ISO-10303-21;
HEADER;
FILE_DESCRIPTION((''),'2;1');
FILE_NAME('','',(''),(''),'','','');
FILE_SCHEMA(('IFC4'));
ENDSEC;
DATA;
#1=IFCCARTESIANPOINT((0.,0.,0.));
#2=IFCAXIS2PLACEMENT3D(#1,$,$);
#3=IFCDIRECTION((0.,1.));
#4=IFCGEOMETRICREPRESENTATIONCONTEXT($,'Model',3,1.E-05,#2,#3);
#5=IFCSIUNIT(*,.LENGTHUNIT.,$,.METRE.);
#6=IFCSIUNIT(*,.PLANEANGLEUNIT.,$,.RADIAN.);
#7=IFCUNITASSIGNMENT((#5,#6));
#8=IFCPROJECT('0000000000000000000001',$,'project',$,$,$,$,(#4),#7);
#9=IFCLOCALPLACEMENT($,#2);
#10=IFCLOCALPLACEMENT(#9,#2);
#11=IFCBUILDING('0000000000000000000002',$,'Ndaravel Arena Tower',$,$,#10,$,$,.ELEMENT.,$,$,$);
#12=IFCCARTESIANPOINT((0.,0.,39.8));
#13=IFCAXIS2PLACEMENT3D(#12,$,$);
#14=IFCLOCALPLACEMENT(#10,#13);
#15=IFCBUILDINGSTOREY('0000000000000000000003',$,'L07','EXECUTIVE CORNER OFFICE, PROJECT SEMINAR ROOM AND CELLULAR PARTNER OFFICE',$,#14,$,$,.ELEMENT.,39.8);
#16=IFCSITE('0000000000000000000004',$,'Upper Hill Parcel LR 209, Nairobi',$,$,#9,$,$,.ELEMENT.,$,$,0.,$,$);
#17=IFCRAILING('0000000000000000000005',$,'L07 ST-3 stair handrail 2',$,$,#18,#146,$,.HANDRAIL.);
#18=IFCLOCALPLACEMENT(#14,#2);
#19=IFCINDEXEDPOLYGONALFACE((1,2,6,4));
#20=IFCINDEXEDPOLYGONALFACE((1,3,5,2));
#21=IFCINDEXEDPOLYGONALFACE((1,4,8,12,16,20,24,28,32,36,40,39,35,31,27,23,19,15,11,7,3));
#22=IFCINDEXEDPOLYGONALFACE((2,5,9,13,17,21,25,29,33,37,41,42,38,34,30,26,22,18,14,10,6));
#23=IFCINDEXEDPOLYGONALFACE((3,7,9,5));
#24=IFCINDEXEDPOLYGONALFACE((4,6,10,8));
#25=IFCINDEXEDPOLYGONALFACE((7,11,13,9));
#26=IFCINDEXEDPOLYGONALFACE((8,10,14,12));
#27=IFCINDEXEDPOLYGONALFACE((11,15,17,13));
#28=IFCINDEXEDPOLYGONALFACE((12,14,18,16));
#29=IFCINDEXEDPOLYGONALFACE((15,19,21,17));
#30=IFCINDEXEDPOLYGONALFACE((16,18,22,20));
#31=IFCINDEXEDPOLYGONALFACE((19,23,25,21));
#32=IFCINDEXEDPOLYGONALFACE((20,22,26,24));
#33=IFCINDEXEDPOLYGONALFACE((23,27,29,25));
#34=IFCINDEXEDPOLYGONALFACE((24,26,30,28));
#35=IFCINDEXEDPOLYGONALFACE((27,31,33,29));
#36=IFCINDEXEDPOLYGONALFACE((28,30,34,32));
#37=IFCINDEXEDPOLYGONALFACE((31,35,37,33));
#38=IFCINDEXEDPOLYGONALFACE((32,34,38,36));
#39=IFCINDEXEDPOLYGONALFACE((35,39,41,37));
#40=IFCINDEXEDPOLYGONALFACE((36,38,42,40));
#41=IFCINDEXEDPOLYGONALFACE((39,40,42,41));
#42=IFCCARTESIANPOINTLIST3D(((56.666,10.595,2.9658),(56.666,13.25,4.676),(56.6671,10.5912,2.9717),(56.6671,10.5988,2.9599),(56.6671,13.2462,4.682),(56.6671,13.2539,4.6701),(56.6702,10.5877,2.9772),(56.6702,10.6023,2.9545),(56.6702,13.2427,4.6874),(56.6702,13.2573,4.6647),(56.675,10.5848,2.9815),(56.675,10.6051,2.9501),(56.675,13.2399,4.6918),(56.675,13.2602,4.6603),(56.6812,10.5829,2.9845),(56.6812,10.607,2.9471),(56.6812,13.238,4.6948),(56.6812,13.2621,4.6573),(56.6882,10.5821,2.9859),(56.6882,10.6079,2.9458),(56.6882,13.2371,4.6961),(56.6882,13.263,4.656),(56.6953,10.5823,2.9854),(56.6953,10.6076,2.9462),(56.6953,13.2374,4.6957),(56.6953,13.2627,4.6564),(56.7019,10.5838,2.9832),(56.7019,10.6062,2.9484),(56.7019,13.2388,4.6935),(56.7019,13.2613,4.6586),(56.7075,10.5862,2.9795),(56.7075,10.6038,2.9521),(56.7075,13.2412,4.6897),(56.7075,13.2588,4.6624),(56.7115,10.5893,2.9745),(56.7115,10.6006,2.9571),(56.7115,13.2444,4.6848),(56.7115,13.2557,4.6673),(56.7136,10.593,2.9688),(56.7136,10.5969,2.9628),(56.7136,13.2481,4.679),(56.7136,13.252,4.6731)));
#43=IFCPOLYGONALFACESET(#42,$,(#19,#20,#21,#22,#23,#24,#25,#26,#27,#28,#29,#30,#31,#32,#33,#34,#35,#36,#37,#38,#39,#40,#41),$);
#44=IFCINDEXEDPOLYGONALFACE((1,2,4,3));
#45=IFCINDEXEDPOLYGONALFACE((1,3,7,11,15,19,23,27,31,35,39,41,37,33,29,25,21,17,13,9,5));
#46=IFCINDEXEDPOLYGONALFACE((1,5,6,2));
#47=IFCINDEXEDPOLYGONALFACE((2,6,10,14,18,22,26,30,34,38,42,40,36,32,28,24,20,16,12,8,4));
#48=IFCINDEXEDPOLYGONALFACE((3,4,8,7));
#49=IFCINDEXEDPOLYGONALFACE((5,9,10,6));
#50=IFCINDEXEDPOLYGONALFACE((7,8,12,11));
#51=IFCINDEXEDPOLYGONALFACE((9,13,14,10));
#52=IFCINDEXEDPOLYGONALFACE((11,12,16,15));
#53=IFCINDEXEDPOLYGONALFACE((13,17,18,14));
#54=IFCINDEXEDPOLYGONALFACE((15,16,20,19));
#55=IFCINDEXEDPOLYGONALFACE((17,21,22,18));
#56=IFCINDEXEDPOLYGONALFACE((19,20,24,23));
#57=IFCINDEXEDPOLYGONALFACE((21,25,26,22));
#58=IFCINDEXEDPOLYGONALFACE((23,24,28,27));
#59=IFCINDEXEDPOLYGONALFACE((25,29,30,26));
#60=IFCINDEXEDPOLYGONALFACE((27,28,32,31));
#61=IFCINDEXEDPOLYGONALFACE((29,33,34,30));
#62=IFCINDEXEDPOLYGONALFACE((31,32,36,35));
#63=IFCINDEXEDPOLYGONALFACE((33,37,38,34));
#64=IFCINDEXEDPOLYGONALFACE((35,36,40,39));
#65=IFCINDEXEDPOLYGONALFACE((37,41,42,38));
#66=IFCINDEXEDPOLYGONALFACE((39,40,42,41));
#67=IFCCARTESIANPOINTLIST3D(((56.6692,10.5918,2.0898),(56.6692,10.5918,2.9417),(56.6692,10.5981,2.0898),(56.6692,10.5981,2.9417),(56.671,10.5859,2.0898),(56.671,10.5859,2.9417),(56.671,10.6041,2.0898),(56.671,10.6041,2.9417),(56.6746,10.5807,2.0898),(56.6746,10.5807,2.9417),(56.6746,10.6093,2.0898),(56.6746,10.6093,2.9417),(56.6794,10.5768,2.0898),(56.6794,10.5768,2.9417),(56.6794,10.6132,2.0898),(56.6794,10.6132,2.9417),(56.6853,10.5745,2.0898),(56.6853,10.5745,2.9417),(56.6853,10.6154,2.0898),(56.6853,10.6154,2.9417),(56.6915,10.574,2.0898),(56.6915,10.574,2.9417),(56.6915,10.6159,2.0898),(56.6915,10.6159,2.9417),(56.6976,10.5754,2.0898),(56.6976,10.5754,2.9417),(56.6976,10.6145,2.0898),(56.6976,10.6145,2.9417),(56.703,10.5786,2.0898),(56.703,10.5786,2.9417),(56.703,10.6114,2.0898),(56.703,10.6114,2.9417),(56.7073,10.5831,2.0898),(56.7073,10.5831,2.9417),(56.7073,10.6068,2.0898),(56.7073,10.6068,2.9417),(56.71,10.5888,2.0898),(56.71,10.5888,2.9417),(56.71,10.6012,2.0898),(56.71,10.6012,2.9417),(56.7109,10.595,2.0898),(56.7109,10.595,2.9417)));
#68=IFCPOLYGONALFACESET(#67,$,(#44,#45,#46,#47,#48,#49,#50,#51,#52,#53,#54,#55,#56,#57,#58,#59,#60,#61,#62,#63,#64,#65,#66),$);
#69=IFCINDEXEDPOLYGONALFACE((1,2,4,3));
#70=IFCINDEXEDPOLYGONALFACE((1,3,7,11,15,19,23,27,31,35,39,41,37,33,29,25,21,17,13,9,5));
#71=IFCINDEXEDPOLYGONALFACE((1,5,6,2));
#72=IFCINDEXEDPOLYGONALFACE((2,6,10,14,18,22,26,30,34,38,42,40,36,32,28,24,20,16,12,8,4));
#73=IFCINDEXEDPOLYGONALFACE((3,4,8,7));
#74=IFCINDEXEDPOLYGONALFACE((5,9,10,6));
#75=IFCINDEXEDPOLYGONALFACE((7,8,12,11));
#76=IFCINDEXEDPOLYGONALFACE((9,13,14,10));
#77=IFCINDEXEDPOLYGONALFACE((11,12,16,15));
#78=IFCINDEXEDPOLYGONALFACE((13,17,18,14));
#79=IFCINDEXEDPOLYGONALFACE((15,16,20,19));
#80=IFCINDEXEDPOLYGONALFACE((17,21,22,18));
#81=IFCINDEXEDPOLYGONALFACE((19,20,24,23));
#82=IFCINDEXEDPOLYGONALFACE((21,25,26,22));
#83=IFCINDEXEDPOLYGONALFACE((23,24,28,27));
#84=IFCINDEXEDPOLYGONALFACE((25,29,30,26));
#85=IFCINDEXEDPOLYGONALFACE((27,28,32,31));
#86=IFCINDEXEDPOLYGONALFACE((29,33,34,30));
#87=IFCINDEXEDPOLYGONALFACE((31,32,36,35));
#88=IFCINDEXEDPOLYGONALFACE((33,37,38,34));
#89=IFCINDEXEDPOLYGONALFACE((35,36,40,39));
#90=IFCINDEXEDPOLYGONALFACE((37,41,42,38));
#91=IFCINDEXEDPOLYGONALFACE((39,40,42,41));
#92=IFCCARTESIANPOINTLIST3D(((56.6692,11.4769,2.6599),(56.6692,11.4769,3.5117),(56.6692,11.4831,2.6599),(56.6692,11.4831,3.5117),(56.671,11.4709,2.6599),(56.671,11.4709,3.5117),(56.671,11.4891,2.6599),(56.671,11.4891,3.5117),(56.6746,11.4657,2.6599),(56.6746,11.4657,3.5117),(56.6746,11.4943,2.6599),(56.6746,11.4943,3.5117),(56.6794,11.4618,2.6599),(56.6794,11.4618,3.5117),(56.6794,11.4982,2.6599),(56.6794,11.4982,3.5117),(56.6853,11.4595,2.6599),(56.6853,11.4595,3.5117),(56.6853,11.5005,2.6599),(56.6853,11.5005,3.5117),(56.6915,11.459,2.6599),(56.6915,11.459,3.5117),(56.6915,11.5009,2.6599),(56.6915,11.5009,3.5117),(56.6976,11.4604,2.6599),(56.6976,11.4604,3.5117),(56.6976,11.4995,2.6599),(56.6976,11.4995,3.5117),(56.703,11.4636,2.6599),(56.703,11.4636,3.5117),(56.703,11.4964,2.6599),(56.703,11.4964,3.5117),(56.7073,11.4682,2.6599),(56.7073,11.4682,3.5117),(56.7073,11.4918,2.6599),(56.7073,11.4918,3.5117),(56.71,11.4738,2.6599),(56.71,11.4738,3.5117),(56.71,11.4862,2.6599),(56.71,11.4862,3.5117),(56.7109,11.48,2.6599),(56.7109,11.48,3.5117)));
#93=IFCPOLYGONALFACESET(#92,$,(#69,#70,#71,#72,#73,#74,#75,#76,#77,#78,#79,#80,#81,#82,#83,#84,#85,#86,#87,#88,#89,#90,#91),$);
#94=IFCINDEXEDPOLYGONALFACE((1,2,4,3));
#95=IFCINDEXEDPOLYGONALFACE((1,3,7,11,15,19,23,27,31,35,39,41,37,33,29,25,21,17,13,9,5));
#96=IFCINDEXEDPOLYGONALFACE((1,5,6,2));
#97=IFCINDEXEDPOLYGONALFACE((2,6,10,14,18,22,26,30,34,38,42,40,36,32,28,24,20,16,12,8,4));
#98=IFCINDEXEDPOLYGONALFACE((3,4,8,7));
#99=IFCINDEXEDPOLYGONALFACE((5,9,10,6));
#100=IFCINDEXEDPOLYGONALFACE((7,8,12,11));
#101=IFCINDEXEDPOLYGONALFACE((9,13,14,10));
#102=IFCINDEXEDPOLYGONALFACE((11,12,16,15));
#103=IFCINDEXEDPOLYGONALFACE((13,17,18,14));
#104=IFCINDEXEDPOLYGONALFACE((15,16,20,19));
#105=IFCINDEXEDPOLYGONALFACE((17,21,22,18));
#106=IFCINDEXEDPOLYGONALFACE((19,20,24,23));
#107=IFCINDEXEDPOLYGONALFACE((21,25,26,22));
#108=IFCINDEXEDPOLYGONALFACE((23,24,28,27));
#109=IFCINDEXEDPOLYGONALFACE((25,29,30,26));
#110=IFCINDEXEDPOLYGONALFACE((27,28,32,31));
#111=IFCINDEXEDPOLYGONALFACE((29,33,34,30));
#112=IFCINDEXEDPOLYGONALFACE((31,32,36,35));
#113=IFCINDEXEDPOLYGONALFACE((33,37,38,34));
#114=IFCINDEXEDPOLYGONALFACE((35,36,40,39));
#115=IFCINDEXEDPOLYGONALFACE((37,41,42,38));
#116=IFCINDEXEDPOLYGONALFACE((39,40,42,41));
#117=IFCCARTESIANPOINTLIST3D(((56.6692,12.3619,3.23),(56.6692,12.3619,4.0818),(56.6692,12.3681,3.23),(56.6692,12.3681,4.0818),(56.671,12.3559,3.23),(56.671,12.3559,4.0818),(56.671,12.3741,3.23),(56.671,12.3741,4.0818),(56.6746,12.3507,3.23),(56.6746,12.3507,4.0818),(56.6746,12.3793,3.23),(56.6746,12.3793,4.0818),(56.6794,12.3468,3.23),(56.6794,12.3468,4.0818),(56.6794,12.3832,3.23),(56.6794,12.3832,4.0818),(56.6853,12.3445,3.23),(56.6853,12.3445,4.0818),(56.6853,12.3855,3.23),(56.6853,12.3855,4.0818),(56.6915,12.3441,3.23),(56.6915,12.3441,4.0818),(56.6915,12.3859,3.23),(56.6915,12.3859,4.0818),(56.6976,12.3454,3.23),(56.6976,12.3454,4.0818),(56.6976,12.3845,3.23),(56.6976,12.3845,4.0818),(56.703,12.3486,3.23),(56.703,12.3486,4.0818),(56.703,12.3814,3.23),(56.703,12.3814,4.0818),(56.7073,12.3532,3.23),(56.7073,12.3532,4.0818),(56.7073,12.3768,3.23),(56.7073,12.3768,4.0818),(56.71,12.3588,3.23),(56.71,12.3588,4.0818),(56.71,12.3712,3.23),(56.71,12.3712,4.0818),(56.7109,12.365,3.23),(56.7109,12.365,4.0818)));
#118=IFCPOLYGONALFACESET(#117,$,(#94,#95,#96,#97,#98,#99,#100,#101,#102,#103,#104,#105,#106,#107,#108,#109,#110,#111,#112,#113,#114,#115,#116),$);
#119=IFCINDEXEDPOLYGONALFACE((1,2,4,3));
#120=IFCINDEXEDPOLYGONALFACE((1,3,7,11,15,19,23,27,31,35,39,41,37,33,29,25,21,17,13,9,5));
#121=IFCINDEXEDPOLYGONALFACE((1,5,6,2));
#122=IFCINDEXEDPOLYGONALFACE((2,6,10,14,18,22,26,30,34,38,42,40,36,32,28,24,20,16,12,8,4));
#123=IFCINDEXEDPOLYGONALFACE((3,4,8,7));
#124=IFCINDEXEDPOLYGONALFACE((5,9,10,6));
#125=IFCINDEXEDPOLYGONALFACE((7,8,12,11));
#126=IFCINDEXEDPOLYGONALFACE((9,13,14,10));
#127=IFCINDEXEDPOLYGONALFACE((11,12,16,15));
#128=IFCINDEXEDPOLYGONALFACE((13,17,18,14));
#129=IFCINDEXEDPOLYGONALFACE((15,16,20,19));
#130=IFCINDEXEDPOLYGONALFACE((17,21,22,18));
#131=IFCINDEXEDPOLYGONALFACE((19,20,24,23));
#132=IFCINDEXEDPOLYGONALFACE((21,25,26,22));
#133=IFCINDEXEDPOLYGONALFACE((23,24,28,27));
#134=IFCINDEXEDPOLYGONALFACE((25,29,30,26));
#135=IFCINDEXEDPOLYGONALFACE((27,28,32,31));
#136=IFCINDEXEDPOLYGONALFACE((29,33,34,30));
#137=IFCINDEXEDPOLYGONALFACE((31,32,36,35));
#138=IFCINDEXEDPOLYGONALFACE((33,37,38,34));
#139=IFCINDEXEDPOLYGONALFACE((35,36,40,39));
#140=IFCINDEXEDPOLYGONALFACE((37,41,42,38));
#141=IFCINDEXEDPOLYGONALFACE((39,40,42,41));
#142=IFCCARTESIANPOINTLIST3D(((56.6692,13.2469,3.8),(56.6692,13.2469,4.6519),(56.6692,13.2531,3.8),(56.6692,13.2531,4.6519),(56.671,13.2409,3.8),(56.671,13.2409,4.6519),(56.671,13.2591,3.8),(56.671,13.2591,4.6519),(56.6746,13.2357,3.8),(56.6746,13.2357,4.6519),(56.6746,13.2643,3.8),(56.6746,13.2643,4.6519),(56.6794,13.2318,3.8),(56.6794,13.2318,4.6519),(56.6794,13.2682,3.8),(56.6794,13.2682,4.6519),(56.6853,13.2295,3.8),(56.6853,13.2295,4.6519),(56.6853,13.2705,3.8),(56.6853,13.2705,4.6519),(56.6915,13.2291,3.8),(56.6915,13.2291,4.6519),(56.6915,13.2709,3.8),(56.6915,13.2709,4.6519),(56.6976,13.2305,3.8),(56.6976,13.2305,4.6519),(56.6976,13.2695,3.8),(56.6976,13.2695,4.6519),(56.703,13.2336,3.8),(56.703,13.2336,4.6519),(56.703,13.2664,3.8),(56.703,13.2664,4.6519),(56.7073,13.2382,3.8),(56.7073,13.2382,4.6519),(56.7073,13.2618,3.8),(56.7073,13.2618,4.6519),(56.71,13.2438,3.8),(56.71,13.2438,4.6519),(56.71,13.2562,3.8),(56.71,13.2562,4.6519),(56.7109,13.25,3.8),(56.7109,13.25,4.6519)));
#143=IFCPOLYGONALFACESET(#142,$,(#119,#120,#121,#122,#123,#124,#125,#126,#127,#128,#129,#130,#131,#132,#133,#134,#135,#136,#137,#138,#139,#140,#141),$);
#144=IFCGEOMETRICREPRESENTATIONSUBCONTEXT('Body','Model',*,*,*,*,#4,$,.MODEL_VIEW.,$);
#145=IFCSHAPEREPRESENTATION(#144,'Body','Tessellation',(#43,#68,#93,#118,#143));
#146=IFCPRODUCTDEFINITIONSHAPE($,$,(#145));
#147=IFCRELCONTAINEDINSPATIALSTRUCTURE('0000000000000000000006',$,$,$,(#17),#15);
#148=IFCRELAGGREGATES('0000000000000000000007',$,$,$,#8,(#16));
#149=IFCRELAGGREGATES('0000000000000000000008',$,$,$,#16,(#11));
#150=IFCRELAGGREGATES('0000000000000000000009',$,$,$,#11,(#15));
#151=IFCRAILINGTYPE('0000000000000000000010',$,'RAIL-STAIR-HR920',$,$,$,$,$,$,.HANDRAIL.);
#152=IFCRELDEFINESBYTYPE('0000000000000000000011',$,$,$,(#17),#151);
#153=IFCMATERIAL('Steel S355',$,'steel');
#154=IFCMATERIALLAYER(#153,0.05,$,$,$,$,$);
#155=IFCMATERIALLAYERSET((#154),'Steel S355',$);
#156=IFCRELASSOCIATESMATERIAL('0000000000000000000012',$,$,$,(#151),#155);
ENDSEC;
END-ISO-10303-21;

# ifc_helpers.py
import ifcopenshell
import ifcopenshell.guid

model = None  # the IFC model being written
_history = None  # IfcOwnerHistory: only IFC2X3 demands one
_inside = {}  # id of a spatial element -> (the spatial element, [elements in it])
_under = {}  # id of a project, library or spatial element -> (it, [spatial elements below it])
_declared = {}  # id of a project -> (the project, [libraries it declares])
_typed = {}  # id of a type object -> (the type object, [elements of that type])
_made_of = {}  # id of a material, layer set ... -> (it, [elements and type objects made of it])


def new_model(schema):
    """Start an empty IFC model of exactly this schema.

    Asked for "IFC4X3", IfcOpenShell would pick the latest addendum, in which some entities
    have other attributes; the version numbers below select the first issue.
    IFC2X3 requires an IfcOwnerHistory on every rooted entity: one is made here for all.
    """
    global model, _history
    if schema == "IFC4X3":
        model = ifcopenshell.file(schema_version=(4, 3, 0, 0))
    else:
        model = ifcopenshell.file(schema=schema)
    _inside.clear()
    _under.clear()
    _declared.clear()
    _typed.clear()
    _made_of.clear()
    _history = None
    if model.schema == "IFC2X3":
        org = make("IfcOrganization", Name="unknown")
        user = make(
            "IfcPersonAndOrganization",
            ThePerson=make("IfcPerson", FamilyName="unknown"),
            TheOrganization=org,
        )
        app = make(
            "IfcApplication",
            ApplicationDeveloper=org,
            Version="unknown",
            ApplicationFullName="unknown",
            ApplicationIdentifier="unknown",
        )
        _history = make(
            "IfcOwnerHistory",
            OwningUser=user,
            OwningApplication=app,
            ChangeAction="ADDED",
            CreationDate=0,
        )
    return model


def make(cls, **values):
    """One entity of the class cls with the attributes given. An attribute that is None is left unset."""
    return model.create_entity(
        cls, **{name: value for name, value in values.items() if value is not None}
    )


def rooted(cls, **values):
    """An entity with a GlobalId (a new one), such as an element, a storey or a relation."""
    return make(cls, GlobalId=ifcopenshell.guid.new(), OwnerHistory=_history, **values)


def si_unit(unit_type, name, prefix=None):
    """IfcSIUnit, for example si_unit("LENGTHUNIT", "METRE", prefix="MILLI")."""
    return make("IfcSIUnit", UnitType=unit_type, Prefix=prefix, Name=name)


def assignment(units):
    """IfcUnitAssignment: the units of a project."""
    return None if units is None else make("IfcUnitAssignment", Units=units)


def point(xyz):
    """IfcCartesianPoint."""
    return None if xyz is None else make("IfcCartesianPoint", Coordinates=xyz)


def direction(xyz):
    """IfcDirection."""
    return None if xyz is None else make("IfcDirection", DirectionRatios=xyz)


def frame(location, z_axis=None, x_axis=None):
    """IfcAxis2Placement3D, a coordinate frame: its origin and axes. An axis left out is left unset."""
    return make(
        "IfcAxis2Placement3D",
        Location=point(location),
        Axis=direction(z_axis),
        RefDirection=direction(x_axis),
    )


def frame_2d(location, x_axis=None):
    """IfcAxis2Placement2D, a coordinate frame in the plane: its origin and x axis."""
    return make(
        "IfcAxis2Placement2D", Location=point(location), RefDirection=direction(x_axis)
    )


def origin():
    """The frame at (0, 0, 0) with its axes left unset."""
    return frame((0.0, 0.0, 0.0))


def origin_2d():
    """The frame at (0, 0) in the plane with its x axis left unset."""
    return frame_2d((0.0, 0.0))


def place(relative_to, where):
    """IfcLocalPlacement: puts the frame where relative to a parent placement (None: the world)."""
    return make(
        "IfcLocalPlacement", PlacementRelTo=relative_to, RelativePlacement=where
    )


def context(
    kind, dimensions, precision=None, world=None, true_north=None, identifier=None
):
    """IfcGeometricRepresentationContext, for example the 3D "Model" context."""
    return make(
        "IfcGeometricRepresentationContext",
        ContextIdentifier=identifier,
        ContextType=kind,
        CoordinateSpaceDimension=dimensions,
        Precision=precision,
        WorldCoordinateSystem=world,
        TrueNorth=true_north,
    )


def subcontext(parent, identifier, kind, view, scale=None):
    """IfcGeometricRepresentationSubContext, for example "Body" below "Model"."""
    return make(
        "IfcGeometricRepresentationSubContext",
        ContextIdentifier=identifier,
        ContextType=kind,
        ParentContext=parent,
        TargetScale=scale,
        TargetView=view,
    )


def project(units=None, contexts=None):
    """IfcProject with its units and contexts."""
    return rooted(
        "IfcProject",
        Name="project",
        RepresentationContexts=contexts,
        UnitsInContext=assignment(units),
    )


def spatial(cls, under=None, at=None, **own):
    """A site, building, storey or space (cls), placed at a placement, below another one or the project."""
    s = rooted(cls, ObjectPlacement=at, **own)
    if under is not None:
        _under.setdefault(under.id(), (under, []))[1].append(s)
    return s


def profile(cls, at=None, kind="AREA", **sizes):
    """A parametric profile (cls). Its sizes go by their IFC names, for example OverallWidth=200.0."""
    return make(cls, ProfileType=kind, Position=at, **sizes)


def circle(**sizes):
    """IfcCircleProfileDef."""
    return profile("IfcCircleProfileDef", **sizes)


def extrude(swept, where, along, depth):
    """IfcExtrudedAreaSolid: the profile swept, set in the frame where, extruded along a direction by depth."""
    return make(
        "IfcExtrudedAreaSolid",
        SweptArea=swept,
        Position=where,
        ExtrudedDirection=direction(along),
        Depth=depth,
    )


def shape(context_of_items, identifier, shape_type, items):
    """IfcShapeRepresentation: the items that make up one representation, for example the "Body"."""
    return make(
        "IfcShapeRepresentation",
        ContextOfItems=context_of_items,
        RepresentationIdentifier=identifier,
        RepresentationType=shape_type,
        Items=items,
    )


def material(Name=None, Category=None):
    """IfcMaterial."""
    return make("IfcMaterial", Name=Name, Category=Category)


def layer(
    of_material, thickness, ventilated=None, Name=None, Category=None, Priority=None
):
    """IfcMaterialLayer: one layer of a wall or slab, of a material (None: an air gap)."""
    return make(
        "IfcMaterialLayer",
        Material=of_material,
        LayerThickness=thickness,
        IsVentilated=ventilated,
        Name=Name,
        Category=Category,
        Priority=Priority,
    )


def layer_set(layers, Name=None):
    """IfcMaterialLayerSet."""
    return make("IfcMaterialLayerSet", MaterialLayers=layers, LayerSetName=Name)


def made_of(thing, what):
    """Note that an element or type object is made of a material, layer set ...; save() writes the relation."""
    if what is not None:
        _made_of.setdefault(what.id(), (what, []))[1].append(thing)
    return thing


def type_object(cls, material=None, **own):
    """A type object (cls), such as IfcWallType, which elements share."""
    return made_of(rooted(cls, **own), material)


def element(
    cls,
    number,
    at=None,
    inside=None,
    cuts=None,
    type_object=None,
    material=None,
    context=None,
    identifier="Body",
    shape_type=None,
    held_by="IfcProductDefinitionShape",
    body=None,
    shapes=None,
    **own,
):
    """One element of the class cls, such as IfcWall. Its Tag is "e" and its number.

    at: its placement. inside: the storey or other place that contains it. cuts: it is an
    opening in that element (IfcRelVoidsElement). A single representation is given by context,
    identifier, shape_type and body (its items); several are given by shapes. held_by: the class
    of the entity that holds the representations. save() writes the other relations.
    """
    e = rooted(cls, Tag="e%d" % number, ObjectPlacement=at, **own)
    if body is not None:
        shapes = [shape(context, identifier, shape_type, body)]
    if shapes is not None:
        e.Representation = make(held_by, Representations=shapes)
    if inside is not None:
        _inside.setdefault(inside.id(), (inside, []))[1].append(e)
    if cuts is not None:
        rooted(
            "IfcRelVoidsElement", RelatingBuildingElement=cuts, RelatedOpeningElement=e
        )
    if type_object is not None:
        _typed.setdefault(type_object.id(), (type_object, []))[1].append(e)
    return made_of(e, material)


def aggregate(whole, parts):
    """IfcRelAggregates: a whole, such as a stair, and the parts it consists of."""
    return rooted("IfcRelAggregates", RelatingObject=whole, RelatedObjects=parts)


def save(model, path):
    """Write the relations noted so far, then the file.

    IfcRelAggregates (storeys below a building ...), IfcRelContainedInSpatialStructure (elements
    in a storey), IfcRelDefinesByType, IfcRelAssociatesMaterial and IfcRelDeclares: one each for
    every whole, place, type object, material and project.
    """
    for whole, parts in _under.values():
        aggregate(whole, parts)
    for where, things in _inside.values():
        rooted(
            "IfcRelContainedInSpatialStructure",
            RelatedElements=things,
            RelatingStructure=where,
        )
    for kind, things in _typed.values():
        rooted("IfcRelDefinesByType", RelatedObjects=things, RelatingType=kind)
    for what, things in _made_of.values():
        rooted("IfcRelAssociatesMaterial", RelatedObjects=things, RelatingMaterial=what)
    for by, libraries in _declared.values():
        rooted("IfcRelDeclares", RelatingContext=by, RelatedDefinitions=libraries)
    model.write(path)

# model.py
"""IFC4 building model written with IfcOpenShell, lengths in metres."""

from ifc_helpers import new_model, si_unit, direction, frame, origin, origin_2d, place, context, subcontext, project, spatial, circle, extrude, material, layer, layer_set, type_object, element, save


model = new_model("IFC4")

# Units and contexts
model_context = context("Model", 3, precision=1e-05, world=origin(), true_north=direction((0.0, 1.0)))
body_context = subcontext(model_context, "Body", "Model", "MODEL_VIEW")
ifc_project = project(units=[si_unit("LENGTHUNIT", "METRE"), si_unit("PLANEANGLEUNIT", "RADIAN")], contexts=[model_context])

# Site, building, storey
site_placement = place(None, origin())
site = spatial("IfcSite", under=ifc_project, at=site_placement, Name="Upper Hill Parcel LR 209, Nairobi", CompositionType="ELEMENT", RefElevation=0.0)
building_placement = place(site_placement, origin())
building = spatial("IfcBuilding", under=site, at=building_placement, Name="Ndaravel Arena Tower", CompositionType="ELEMENT")
storey_placement = place(building_placement, frame((0.0, 0.0, 39.8)))
storey = spatial("IfcBuildingStorey", under=building, at=storey_placement, Name="L07", Description="EXECUTIVE CORNER OFFICE, PROJECT SEMINAR ROOM AND CELLULAR PARTNER OFFICE", CompositionType="ELEMENT", Elevation=39.8)

# Railing
ifc_material_1 = material(Name="Steel S355", Category="steel")
ifc_layer_1 = layer(ifc_material_1, 0.05)
ifc_layer_set_1 = layer_set([ifc_layer_1], Name="Steel S355")
railing_type_1 = type_object("IfcRailingType", Name="RAIL-STAIR-HR920", PredefinedType="HANDRAIL", material=ifc_layer_set_1)
railing_1_placement = place(storey_placement, frame((56.6899, 10.595, 2.0898)))
element("IfcRailing", 1, at=railing_1_placement, inside=storey, type_object=railing_type_1, Name="L07 ST-3 stair handrail 2", PredefinedType="HANDRAIL", context=body_context, shape_type="SweptSolid", body=[
    extrude(circle(Radius=0.0239, at=origin_2d()), frame((0.0, 0.0, 0.876), z_axis=(0.0, 0.840688, 0.541519), x_axis=(-1.0, 0.0, 0.0)), (0.0, 0.0, 1.0), 3.1582),
    extrude(circle(Radius=0.021, at=origin_2d()), origin(), (0.0, 0.0, 1.0), 0.8518),
    extrude(circle(Radius=0.021, at=origin_2d()), frame((0.0, 0.885, 0.5701)), (0.0, 0.0, 1.0), 0.8518),
    extrude(circle(Radius=0.021, at=origin_2d()), frame((0.0, 1.77, 1.1401)), (0.0, 0.0, 1.0), 0.8518),
    extrude(circle(Radius=0.021, at=origin_2d()), frame((0.0, 2.655, 1.7102)), (0.0, 0.0, 1.0), 0.8518),
])

save(model, "model.ifc")
